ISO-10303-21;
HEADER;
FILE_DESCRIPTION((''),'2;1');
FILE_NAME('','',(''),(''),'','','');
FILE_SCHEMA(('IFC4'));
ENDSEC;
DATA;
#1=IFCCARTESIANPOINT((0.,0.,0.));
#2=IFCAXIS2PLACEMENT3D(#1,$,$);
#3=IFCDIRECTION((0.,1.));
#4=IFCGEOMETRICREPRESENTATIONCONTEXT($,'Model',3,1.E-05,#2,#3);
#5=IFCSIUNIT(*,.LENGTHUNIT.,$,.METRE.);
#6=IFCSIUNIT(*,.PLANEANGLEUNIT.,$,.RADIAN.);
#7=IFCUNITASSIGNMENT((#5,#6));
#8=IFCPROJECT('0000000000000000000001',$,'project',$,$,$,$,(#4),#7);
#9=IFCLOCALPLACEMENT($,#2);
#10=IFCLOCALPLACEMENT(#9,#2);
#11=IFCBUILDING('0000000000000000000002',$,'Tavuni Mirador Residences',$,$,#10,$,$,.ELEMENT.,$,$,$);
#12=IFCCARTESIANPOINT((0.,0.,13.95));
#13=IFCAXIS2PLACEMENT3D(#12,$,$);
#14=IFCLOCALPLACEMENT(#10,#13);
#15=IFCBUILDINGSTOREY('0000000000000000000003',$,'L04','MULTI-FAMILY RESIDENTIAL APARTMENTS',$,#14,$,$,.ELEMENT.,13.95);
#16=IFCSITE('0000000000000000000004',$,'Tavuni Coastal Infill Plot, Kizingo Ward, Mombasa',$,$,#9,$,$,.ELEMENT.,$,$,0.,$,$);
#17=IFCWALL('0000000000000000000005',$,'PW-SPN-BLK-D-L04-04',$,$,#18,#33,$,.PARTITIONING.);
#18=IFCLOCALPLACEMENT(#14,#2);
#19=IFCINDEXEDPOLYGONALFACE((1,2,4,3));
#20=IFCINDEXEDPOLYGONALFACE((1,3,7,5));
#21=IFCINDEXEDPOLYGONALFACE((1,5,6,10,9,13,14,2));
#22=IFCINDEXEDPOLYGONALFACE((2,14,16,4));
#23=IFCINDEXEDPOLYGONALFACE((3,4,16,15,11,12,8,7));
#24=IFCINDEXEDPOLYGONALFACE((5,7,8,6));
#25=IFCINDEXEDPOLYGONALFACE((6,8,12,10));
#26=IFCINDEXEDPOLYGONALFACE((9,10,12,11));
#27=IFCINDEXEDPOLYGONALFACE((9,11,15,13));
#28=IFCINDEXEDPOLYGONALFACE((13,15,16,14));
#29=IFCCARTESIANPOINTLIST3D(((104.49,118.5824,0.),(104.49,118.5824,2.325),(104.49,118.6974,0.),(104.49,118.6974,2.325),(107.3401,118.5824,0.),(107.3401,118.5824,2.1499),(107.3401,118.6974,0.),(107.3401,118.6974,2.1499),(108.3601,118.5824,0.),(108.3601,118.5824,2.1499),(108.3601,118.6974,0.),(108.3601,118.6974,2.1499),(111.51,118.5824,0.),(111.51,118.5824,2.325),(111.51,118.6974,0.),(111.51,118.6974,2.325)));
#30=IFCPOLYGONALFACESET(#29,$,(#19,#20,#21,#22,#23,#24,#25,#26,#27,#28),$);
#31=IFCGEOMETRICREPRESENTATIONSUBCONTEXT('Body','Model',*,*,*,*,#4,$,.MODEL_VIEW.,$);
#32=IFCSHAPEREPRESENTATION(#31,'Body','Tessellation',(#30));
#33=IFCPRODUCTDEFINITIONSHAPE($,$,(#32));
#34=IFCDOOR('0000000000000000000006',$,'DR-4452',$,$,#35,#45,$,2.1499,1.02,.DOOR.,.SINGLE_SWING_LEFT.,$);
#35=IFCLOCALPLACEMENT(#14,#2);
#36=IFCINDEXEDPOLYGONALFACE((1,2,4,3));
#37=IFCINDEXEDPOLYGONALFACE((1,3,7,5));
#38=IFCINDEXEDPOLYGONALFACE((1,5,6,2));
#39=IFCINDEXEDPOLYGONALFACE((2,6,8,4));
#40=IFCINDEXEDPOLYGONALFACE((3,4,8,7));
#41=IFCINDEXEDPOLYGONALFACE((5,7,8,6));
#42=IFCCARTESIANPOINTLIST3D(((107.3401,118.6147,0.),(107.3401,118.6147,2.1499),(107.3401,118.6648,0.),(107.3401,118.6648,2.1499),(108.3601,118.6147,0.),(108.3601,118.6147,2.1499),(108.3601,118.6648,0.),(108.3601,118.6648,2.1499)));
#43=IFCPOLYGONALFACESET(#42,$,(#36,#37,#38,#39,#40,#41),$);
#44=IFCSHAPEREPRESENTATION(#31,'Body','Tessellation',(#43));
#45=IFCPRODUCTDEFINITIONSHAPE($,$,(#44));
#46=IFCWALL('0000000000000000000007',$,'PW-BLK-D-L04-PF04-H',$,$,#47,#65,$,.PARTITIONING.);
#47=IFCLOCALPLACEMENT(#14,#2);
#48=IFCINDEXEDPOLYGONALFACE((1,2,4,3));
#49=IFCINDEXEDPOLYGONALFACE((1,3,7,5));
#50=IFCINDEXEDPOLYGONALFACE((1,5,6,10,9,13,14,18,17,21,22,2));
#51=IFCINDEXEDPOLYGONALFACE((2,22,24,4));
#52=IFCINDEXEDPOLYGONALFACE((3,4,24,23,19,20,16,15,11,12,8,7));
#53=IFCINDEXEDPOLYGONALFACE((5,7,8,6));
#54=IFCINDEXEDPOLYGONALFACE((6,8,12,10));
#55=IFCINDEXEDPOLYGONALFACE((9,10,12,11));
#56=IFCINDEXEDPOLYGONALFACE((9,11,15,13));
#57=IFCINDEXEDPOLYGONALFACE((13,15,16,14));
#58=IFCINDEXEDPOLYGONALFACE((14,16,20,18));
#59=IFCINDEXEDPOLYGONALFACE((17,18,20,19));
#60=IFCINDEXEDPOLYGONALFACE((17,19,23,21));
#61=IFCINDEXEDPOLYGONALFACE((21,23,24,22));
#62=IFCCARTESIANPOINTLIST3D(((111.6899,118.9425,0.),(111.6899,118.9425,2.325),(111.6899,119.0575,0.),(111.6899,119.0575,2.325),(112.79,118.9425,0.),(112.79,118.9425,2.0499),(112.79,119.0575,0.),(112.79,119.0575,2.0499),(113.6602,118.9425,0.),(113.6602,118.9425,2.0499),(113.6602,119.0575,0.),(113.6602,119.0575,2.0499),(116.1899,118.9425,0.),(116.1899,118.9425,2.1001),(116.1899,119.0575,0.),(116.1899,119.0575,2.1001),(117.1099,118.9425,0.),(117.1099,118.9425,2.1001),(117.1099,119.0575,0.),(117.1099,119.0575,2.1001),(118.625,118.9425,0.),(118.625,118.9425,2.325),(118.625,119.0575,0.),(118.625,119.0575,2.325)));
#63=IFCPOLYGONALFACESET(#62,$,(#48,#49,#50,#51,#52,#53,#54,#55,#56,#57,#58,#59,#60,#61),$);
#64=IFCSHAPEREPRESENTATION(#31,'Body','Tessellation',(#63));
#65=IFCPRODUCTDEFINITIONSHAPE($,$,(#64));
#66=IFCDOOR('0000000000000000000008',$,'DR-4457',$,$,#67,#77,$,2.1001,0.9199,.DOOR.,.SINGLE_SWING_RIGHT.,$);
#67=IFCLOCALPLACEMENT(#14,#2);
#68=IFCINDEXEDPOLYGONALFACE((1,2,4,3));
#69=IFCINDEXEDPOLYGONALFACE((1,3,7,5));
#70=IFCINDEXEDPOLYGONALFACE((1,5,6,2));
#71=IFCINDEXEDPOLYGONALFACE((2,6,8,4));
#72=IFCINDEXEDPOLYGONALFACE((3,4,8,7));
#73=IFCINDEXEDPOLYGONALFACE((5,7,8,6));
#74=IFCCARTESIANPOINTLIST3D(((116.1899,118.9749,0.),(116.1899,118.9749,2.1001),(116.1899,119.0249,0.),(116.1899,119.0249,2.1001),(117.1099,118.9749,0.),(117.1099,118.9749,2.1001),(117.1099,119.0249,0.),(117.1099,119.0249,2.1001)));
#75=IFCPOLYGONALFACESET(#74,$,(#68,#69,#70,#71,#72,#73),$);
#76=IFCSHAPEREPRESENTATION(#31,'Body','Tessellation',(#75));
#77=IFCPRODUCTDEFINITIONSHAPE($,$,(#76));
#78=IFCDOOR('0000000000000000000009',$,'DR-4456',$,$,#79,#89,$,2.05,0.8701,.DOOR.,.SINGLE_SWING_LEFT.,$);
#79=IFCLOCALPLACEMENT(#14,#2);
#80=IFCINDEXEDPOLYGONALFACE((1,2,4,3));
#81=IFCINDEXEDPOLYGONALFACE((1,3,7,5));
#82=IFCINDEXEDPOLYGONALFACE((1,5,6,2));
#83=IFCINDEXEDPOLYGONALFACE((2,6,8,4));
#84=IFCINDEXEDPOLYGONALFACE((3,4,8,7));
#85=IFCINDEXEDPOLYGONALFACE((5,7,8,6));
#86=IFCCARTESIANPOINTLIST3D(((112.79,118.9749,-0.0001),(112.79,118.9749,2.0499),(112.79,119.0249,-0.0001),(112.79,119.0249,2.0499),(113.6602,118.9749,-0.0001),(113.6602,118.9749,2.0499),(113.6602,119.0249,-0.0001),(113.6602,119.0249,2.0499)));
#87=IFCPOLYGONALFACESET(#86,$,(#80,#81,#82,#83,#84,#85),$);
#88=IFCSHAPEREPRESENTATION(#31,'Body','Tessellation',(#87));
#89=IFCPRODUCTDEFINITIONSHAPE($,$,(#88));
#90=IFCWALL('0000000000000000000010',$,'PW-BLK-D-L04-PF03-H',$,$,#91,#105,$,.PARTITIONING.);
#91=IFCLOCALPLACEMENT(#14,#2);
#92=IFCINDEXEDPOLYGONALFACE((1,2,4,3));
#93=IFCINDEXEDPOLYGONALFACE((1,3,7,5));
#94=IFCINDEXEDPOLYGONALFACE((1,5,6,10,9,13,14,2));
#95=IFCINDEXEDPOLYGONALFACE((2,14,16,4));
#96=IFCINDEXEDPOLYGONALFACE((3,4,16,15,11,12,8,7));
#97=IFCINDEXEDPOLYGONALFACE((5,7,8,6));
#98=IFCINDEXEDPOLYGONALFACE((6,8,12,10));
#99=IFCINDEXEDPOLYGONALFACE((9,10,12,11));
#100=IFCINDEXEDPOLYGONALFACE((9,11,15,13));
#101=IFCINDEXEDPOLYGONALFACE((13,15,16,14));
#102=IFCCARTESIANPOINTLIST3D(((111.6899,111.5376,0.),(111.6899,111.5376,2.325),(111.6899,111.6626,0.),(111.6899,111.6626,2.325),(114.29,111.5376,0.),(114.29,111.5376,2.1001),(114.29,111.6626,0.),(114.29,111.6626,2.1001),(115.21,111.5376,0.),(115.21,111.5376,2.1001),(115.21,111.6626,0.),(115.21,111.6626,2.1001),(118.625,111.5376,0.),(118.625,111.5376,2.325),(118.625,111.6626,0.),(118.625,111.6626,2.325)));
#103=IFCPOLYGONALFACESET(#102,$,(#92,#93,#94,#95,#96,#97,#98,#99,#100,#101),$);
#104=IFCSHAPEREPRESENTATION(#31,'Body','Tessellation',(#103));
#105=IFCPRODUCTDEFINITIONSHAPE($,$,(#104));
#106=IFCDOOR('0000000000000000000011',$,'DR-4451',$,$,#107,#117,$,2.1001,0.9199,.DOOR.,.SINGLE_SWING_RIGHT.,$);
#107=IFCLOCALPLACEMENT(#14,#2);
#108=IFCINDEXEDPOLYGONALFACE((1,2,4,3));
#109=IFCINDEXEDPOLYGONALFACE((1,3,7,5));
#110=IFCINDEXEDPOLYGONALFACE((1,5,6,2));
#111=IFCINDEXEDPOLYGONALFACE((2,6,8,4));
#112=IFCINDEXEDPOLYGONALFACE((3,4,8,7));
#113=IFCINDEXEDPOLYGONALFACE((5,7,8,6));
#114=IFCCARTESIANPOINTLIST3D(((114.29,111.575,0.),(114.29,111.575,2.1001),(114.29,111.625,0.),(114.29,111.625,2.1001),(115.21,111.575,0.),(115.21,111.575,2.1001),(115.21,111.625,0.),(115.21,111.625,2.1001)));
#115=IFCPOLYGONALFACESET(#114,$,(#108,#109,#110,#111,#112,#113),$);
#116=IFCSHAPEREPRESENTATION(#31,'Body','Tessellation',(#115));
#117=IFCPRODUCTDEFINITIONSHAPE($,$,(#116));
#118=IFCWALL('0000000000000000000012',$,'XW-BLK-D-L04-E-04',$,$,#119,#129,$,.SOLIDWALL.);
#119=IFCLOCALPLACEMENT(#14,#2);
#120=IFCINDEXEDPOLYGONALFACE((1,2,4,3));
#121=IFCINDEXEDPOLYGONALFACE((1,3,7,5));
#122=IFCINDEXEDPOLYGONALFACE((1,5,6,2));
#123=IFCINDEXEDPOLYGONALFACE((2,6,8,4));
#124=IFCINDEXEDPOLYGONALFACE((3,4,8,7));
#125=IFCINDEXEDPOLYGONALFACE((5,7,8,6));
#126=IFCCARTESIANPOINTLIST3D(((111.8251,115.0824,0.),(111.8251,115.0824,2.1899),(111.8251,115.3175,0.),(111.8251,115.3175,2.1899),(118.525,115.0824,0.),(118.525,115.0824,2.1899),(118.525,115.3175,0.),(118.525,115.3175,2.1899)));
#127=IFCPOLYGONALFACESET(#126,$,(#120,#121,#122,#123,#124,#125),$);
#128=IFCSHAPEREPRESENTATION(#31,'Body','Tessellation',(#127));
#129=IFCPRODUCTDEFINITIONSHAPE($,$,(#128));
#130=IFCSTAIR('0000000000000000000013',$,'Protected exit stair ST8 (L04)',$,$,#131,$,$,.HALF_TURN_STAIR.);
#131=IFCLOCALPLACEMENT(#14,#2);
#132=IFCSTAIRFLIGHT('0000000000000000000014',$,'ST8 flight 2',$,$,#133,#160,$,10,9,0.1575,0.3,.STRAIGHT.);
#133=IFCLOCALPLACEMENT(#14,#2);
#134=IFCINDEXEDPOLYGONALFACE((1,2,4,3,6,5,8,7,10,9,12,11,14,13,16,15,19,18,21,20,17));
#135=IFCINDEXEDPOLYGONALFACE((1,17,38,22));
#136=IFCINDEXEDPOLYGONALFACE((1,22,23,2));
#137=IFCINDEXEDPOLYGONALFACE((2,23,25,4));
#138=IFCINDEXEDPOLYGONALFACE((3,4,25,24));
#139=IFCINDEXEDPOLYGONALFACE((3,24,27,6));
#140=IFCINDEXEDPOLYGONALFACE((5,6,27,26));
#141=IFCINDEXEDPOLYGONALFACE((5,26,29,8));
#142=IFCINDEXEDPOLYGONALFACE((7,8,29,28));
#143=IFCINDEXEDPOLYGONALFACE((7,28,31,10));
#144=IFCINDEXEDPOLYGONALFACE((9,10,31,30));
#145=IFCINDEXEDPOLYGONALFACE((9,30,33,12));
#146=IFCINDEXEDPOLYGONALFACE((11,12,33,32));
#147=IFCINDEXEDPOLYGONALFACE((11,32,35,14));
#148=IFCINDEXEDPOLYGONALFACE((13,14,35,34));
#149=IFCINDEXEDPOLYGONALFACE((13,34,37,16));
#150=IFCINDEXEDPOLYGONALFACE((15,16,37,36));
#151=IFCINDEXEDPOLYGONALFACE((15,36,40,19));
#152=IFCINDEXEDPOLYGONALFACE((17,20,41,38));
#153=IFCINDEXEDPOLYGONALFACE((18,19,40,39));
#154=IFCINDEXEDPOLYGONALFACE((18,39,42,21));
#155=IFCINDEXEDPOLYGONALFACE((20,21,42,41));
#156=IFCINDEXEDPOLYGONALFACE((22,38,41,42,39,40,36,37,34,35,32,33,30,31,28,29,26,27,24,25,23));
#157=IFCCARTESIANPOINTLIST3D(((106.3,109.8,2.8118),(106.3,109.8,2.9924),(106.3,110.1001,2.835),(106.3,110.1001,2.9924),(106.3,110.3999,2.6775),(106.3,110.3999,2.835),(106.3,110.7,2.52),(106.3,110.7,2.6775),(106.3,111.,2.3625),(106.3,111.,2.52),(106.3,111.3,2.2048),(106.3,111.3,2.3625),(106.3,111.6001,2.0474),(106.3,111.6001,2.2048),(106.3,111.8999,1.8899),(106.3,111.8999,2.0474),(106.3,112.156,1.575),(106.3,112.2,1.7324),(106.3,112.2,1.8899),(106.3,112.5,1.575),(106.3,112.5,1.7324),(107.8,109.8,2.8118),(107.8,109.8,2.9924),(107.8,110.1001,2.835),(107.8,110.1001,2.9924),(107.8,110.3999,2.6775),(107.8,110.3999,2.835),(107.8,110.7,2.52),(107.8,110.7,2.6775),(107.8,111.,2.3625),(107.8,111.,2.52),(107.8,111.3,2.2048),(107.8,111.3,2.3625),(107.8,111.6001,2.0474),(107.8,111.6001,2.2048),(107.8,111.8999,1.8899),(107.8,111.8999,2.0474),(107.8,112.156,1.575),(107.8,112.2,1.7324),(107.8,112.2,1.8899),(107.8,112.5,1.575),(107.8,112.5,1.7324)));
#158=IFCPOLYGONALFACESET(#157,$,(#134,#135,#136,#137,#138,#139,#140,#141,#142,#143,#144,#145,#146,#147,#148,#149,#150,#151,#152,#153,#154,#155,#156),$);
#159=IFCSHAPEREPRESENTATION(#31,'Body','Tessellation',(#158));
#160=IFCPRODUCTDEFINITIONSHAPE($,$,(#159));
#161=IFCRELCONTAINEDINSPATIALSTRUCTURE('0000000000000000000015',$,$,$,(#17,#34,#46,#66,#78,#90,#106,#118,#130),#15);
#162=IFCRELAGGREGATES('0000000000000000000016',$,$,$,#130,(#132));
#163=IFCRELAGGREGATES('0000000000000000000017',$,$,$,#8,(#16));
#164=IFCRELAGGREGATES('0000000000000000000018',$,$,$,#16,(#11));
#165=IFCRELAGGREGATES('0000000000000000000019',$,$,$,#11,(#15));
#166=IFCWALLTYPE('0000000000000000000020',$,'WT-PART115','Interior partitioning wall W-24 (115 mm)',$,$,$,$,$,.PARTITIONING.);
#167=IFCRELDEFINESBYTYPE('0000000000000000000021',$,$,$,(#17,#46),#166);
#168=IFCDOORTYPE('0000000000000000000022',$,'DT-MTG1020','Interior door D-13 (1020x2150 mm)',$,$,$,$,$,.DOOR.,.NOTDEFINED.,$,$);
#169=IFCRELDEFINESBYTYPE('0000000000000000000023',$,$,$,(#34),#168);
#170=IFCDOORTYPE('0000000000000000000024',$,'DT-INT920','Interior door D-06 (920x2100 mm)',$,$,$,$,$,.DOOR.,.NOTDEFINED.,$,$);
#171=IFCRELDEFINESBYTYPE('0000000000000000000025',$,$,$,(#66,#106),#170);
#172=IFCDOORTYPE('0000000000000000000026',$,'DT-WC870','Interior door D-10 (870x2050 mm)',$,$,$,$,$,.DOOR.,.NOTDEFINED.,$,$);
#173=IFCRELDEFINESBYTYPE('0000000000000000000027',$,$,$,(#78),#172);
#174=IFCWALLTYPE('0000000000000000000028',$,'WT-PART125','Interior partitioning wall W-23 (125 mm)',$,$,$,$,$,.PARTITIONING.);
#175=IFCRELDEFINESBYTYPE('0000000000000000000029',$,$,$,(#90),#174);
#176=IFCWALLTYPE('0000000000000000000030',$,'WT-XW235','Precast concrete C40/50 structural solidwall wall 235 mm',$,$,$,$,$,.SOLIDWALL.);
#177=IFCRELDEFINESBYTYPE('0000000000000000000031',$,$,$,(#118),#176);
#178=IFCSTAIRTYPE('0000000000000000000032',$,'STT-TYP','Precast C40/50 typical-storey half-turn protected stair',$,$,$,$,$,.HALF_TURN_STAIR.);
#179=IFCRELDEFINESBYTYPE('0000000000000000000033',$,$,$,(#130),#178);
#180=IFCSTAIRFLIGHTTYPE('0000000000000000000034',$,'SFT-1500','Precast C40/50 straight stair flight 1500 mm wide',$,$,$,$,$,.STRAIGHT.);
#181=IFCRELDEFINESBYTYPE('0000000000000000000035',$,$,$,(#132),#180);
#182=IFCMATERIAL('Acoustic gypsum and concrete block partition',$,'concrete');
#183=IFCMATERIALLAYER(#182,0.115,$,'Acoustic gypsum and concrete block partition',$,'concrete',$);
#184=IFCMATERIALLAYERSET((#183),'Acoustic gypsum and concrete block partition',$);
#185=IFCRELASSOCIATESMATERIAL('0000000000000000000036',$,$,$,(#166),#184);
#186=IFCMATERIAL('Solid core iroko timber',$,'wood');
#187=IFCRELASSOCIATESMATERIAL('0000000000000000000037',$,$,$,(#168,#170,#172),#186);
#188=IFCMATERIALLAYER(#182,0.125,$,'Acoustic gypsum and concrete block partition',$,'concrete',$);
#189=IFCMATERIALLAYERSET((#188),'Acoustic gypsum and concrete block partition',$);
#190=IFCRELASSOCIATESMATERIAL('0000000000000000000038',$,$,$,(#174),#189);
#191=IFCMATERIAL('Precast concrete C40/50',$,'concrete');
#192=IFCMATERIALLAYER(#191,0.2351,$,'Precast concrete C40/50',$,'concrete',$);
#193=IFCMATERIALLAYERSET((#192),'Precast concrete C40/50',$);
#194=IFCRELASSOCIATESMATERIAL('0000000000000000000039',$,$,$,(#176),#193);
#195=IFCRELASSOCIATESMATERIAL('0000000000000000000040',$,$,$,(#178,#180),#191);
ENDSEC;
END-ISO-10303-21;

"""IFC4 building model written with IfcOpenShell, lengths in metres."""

from ifc_helpers import new_model, si_unit, direction, frame, frame_2d, origin, place, context, subcontext, project, spatial, polyline, rectangle, outline, extrude, material, layer, layer_set, type_object, element, fill, aggregate, save


model = new_model("IFC4")

# Units and contexts
model_context = context("Model", 3, precision=1e-05, world=origin(), true_north=direction((0.0, 1.0)))
body_context = subcontext(model_context, "Body", "Model", "MODEL_VIEW")
ifc_project = project(units=[si_unit("LENGTHUNIT", "METRE"), si_unit("PLANEANGLEUNIT", "RADIAN")], contexts=[model_context])

# Site, building, storey
site_placement = place(None, origin())
site = spatial("IfcSite", under=ifc_project, at=site_placement, Name="Tavuni Coastal Infill Plot, Kizingo Ward, Mombasa", CompositionType="ELEMENT", RefElevation=0.0)
building_placement = place(site_placement, origin())
building = spatial("IfcBuilding", under=site, at=building_placement, Name="Tavuni Mirador Residences", CompositionType="ELEMENT")
storey_placement = place(building_placement, frame((0.0, 0.0, 13.95)))
storey = spatial("IfcBuildingStorey", under=building, at=storey_placement, Name="L04", Description="MULTI-FAMILY RESIDENTIAL APARTMENTS", CompositionType="ELEMENT", Elevation=13.95)

# Shared definitions
ifc_material_1 = material(Name="Precast concrete C40/50", Category="concrete")

# Wall, opening, door
ifc_material_2 = material(Name="Solid core iroko timber", Category="wood")
ifc_material_3 = material(Name="Acoustic gypsum and concrete block partition", Category="concrete")
ifc_layer_1 = layer(ifc_material_3, 0.115, Name="Acoustic gypsum and concrete block partition", Category="concrete")
ifc_layer_set_1 = layer_set([ifc_layer_1], Name="Acoustic gypsum and concrete block partition")
wall_type_1 = type_object("IfcWallType", Name="WT-PART115", Description="Interior partitioning wall W-24 (115 mm)", PredefinedType="PARTITIONING", material=ifc_layer_set_1)
wall_1_placement = place(storey_placement, frame((104.49, 118.6399, 0.0), z_axis=(0.0, 0.0, 1.0), x_axis=(1.0, 0.0, 0.0)))
wall_1 = element("IfcWall", 1, at=wall_1_placement, inside=storey, type_object=wall_type_1, Name="PW-SPN-BLK-D-L04-04", PredefinedType="PARTITIONING", context=body_context, shape_type="SweptSolid", body=[
    extrude(rectangle(XDim=7.02, YDim=0.115, at=frame_2d((3.51, 0.0))), origin(), (0.0, 0.0, 1.0), 2.325),
])
opening_1_placement = place(wall_1_placement, frame((2.8501, 0.0, 0.0)))
opening_1 = element("IfcOpeningElement", 2, at=opening_1_placement, cuts=wall_1, PredefinedType="OPENING", context=body_context, shape_type="SweptSolid", body=[
    extrude(rectangle(XDim=1.02, YDim=2.1499, at=frame_2d((0.51, 1.075))), frame((0.0, 0.0674, 0.0), z_axis=(0.0, -1.0, 0.0), x_axis=(1.0, 0.0, 0.0)), (0.0, 0.0, 1.0), 0.135),
])
door_type_1 = type_object("IfcDoorType", Name="DT-MTG1020", Description="Interior door D-13 (1020x2150 mm)", OperationType="NOTDEFINED", PredefinedType="DOOR", material=ifc_material_2)
door_1_placement = place(opening_1_placement, origin())
door_1 = element("IfcDoor", 3, at=door_1_placement, inside=storey, type_object=door_type_1, Name="DR-4452", OperationType="SINGLE_SWING_LEFT", OverallHeight=2.1499, OverallWidth=1.02, PredefinedType="DOOR", context=body_context, shape_type="SweptSolid", body=[
    extrude(rectangle(XDim=1.02, YDim=2.1499, at=frame_2d((0.51, 1.075))), frame((0.0, 0.0249, 0.0), z_axis=(0.0, -1.0, 0.0), x_axis=(1.0, 0.0, 0.0)), (0.0, 0.0, 1.0), 0.05),
])
fill(opening_1, door_1)

# Wall, openings, doors
wall_2_placement = place(storey_placement, frame((111.6899, 119.0, 0.0), z_axis=(0.0, 0.0, 1.0), x_axis=(1.0, 0.0, 0.0)))
wall_2 = element("IfcWall", 4, at=wall_2_placement, inside=storey, type_object=wall_type_1, Name="PW-BLK-D-L04-PF04-H", PredefinedType="PARTITIONING", context=body_context, shape_type="SweptSolid", body=[
    extrude(rectangle(XDim=6.9351, YDim=0.115, at=frame_2d((3.4675, 0.0))), origin(), (0.0, 0.0, 1.0), 2.325),
])
opening_2_placement = place(wall_2_placement, frame((1.1001, 0.0, 0.0)))
opening_2 = element("IfcOpeningElement", 5, at=opening_2_placement, cuts=wall_2, PredefinedType="OPENING", context=body_context, shape_type="SweptSolid", body=[
    extrude(rectangle(XDim=0.8701, YDim=2.05, at=frame_2d((0.4351, 1.0249))), frame((0.0, 0.0674, 0.0), z_axis=(0.0, -1.0, 0.0), x_axis=(1.0, 0.0, 0.0)), (0.0, 0.0, 1.0), 0.135),
])
opening_3_placement = place(wall_2_placement, frame((4.5, 0.0, 0.0)))
opening_3 = element("IfcOpeningElement", 6, at=opening_3_placement, cuts=wall_2, PredefinedType="OPENING", context=body_context, shape_type="SweptSolid", body=[
    extrude(rectangle(XDim=0.9199, YDim=2.1001, at=frame_2d((0.46, 1.05))), frame((0.0, 0.0674, 0.0), z_axis=(0.0, -1.0, 0.0), x_axis=(1.0, 0.0, 0.0)), (0.0, 0.0, 1.0), 0.135),
])
door_type_2 = type_object("IfcDoorType", Name="DT-INT920", Description="Interior door D-06 (920x2100 mm)", OperationType="NOTDEFINED", PredefinedType="DOOR", material=ifc_material_2)
door_2_placement = place(opening_3_placement, origin())
door_2 = element("IfcDoor", 7, at=door_2_placement, inside=storey, type_object=door_type_2, Name="DR-4457", OperationType="SINGLE_SWING_RIGHT", OverallHeight=2.1001, OverallWidth=0.9199, PredefinedType="DOOR", context=body_context, shape_type="SweptSolid", body=[
    extrude(rectangle(XDim=0.9199, YDim=2.1001, at=frame_2d((0.46, 1.05))), frame((0.0, 0.0249, 0.0), z_axis=(0.0, -1.0, 0.0), x_axis=(1.0, 0.0, 0.0)), (0.0, 0.0, 1.0), 0.05),
])
fill(opening_3, door_2)
door_type_3 = type_object("IfcDoorType", Name="DT-WC870", Description="Interior door D-10 (870x2050 mm)", OperationType="NOTDEFINED", PredefinedType="DOOR", material=ifc_material_2)
door_3_placement = place(opening_2_placement, origin())
door_3 = element("IfcDoor", 8, at=door_3_placement, inside=storey, type_object=door_type_3, Name="DR-4456", OperationType="SINGLE_SWING_LEFT", OverallHeight=2.05, OverallWidth=0.8701, PredefinedType="DOOR", context=body_context, shape_type="SweptSolid", body=[
    extrude(rectangle(XDim=0.8701, YDim=2.05, at=frame_2d((0.4351, 1.0249))), frame((0.0, 0.0249, 0.0), z_axis=(0.0, -1.0, 0.0), x_axis=(1.0, 0.0, 0.0)), (0.0, 0.0, 1.0), 0.05),
])
fill(opening_2, door_3)

# Wall, opening, door
ifc_layer_2 = layer(ifc_material_3, 0.125, Name="Acoustic gypsum and concrete block partition", Category="concrete")
ifc_layer_set_2 = layer_set([ifc_layer_2], Name="Acoustic gypsum and concrete block partition")
wall_type_2 = type_object("IfcWallType", Name="WT-PART125", Description="Interior partitioning wall W-23 (125 mm)", PredefinedType="PARTITIONING", material=ifc_layer_set_2)
wall_3_placement = place(storey_placement, frame((111.6899, 111.6001, 0.0), z_axis=(0.0, 0.0, 1.0), x_axis=(1.0, 0.0, 0.0)))
wall_3 = element("IfcWall", 9, at=wall_3_placement, inside=storey, type_object=wall_type_2, Name="PW-BLK-D-L04-PF03-H", PredefinedType="PARTITIONING", context=body_context, shape_type="SweptSolid", body=[
    extrude(rectangle(XDim=6.9351, YDim=0.125, at=frame_2d((3.4675, 0.0))), origin(), (0.0, 0.0, 1.0), 2.325),
])
opening_4_placement = place(wall_3_placement, frame((2.6001, 0.0, 0.0)))
opening_4 = element("IfcOpeningElement", 10, at=opening_4_placement, cuts=wall_3, PredefinedType="OPENING", context=body_context, shape_type="SweptSolid", body=[
    extrude(rectangle(XDim=0.9199, YDim=2.1001, at=frame_2d((0.46, 1.05))), frame((0.0, 0.0725, 0.0), z_axis=(0.0, -1.0, 0.0), x_axis=(1.0, 0.0, 0.0)), (0.0, 0.0, 1.0), 0.145),
])
door_4_placement = place(opening_4_placement, origin())
door_4 = element("IfcDoor", 11, at=door_4_placement, inside=storey, type_object=door_type_2, Name="DR-4451", OperationType="SINGLE_SWING_RIGHT", OverallHeight=2.1001, OverallWidth=0.9199, PredefinedType="DOOR", context=body_context, shape_type="SweptSolid", body=[
    extrude(rectangle(XDim=0.9199, YDim=2.1001, at=frame_2d((0.46, 1.05))), frame((0.0, 0.0249, 0.0), z_axis=(0.0, -1.0, 0.0), x_axis=(1.0, 0.0, 0.0)), (0.0, 0.0, 1.0), 0.05),
])
fill(opening_4, door_4)

# Wall
ifc_layer_3 = layer(ifc_material_1, 0.2351, Name="Precast concrete C40/50", Category="concrete")
ifc_layer_set_3 = layer_set([ifc_layer_3], Name="Precast concrete C40/50")
wall_type_3 = type_object("IfcWallType", Name="WT-XW235", Description="Precast concrete C40/50 structural solidwall wall 235 mm", PredefinedType="SOLIDWALL", material=ifc_layer_set_3)
wall_4_placement = place(storey_placement, frame((111.825, 115.2, 0.0), z_axis=(0.0, 0.0, 1.0), x_axis=(1.0, 0.0, 0.0)))
element("IfcWall", 12, at=wall_4_placement, inside=storey, type_object=wall_type_3, Name="XW-BLK-D-L04-E-04", PredefinedType="SOLIDWALL", context=body_context, shape_type="SweptSolid", body=[
    extrude(rectangle(XDim=6.7, YDim=0.2351, at=frame_2d((3.3501, 0.0))), origin(), (0.0, 0.0, 1.0), 2.1899),
])

# Stair, stair flight
stair_type = type_object("IfcStairType", Name="STT-TYP", Description="Precast C40/50 typical-storey half-turn protected stair", PredefinedType="HALF_TURN_STAIR", material=ifc_material_1)
stair_placement = place(storey_placement, origin())
stair = element("IfcStair", 13, at=stair_placement, inside=storey, type_object=stair_type, Name="Protected exit stair ST8 (L04)", PredefinedType="HALF_TURN_STAIR")
stair_flight_type = type_object("IfcStairFlightType", Name="SFT-1500", Description="Precast C40/50 straight stair flight 1500 mm wide", PredefinedType="STRAIGHT", material=ifc_material_1)
stair_flight_placement = place(storey_placement, frame((107.05, 112.5, 1.575), z_axis=(0.0, 0.0, 1.0), x_axis=(0.0, -1.0, 0.0)))
stair_flight = element("IfcStairFlight", 14, at=stair_flight_placement, type_object=stair_flight_type, Name="ST8 flight 2", NumberOfRisers=10, NumberOfTreads=9, PredefinedType="STRAIGHT", RiserHeight=0.1575, TreadLength=0.3, context=body_context, shape_type="SweptSolid", body=[
    extrude(outline(polyline([(0.0, 0.0), (0.0, 0.1575), (0.3, 0.1575), (0.3, 0.3149), (0.6001, 0.3149), (0.6001, 0.4724), (0.8999, 0.4724), (0.8999, 0.6299), (1.2, 0.6299), (1.2, 0.7876), (1.5, 0.7876), (1.5, 0.9451), (1.8, 0.9451), (1.8, 1.1025), (2.1001, 1.1025), (2.1001, 1.26), (2.3999, 1.26), (2.3999, 1.4175), (2.7, 1.4175), (2.7, 1.575), (2.7, 1.2368), (0.344, 0.0), (0.0, 0.0)])), frame((0.0, 0.75, 0.0), z_axis=(0.0, -1.0, 0.0), x_axis=(1.0, 0.0, 0.0)), (0.0, 0.0, 1.0), 1.5),
])
aggregate(stair, [stair_flight])

save(model, "model.ifc")
